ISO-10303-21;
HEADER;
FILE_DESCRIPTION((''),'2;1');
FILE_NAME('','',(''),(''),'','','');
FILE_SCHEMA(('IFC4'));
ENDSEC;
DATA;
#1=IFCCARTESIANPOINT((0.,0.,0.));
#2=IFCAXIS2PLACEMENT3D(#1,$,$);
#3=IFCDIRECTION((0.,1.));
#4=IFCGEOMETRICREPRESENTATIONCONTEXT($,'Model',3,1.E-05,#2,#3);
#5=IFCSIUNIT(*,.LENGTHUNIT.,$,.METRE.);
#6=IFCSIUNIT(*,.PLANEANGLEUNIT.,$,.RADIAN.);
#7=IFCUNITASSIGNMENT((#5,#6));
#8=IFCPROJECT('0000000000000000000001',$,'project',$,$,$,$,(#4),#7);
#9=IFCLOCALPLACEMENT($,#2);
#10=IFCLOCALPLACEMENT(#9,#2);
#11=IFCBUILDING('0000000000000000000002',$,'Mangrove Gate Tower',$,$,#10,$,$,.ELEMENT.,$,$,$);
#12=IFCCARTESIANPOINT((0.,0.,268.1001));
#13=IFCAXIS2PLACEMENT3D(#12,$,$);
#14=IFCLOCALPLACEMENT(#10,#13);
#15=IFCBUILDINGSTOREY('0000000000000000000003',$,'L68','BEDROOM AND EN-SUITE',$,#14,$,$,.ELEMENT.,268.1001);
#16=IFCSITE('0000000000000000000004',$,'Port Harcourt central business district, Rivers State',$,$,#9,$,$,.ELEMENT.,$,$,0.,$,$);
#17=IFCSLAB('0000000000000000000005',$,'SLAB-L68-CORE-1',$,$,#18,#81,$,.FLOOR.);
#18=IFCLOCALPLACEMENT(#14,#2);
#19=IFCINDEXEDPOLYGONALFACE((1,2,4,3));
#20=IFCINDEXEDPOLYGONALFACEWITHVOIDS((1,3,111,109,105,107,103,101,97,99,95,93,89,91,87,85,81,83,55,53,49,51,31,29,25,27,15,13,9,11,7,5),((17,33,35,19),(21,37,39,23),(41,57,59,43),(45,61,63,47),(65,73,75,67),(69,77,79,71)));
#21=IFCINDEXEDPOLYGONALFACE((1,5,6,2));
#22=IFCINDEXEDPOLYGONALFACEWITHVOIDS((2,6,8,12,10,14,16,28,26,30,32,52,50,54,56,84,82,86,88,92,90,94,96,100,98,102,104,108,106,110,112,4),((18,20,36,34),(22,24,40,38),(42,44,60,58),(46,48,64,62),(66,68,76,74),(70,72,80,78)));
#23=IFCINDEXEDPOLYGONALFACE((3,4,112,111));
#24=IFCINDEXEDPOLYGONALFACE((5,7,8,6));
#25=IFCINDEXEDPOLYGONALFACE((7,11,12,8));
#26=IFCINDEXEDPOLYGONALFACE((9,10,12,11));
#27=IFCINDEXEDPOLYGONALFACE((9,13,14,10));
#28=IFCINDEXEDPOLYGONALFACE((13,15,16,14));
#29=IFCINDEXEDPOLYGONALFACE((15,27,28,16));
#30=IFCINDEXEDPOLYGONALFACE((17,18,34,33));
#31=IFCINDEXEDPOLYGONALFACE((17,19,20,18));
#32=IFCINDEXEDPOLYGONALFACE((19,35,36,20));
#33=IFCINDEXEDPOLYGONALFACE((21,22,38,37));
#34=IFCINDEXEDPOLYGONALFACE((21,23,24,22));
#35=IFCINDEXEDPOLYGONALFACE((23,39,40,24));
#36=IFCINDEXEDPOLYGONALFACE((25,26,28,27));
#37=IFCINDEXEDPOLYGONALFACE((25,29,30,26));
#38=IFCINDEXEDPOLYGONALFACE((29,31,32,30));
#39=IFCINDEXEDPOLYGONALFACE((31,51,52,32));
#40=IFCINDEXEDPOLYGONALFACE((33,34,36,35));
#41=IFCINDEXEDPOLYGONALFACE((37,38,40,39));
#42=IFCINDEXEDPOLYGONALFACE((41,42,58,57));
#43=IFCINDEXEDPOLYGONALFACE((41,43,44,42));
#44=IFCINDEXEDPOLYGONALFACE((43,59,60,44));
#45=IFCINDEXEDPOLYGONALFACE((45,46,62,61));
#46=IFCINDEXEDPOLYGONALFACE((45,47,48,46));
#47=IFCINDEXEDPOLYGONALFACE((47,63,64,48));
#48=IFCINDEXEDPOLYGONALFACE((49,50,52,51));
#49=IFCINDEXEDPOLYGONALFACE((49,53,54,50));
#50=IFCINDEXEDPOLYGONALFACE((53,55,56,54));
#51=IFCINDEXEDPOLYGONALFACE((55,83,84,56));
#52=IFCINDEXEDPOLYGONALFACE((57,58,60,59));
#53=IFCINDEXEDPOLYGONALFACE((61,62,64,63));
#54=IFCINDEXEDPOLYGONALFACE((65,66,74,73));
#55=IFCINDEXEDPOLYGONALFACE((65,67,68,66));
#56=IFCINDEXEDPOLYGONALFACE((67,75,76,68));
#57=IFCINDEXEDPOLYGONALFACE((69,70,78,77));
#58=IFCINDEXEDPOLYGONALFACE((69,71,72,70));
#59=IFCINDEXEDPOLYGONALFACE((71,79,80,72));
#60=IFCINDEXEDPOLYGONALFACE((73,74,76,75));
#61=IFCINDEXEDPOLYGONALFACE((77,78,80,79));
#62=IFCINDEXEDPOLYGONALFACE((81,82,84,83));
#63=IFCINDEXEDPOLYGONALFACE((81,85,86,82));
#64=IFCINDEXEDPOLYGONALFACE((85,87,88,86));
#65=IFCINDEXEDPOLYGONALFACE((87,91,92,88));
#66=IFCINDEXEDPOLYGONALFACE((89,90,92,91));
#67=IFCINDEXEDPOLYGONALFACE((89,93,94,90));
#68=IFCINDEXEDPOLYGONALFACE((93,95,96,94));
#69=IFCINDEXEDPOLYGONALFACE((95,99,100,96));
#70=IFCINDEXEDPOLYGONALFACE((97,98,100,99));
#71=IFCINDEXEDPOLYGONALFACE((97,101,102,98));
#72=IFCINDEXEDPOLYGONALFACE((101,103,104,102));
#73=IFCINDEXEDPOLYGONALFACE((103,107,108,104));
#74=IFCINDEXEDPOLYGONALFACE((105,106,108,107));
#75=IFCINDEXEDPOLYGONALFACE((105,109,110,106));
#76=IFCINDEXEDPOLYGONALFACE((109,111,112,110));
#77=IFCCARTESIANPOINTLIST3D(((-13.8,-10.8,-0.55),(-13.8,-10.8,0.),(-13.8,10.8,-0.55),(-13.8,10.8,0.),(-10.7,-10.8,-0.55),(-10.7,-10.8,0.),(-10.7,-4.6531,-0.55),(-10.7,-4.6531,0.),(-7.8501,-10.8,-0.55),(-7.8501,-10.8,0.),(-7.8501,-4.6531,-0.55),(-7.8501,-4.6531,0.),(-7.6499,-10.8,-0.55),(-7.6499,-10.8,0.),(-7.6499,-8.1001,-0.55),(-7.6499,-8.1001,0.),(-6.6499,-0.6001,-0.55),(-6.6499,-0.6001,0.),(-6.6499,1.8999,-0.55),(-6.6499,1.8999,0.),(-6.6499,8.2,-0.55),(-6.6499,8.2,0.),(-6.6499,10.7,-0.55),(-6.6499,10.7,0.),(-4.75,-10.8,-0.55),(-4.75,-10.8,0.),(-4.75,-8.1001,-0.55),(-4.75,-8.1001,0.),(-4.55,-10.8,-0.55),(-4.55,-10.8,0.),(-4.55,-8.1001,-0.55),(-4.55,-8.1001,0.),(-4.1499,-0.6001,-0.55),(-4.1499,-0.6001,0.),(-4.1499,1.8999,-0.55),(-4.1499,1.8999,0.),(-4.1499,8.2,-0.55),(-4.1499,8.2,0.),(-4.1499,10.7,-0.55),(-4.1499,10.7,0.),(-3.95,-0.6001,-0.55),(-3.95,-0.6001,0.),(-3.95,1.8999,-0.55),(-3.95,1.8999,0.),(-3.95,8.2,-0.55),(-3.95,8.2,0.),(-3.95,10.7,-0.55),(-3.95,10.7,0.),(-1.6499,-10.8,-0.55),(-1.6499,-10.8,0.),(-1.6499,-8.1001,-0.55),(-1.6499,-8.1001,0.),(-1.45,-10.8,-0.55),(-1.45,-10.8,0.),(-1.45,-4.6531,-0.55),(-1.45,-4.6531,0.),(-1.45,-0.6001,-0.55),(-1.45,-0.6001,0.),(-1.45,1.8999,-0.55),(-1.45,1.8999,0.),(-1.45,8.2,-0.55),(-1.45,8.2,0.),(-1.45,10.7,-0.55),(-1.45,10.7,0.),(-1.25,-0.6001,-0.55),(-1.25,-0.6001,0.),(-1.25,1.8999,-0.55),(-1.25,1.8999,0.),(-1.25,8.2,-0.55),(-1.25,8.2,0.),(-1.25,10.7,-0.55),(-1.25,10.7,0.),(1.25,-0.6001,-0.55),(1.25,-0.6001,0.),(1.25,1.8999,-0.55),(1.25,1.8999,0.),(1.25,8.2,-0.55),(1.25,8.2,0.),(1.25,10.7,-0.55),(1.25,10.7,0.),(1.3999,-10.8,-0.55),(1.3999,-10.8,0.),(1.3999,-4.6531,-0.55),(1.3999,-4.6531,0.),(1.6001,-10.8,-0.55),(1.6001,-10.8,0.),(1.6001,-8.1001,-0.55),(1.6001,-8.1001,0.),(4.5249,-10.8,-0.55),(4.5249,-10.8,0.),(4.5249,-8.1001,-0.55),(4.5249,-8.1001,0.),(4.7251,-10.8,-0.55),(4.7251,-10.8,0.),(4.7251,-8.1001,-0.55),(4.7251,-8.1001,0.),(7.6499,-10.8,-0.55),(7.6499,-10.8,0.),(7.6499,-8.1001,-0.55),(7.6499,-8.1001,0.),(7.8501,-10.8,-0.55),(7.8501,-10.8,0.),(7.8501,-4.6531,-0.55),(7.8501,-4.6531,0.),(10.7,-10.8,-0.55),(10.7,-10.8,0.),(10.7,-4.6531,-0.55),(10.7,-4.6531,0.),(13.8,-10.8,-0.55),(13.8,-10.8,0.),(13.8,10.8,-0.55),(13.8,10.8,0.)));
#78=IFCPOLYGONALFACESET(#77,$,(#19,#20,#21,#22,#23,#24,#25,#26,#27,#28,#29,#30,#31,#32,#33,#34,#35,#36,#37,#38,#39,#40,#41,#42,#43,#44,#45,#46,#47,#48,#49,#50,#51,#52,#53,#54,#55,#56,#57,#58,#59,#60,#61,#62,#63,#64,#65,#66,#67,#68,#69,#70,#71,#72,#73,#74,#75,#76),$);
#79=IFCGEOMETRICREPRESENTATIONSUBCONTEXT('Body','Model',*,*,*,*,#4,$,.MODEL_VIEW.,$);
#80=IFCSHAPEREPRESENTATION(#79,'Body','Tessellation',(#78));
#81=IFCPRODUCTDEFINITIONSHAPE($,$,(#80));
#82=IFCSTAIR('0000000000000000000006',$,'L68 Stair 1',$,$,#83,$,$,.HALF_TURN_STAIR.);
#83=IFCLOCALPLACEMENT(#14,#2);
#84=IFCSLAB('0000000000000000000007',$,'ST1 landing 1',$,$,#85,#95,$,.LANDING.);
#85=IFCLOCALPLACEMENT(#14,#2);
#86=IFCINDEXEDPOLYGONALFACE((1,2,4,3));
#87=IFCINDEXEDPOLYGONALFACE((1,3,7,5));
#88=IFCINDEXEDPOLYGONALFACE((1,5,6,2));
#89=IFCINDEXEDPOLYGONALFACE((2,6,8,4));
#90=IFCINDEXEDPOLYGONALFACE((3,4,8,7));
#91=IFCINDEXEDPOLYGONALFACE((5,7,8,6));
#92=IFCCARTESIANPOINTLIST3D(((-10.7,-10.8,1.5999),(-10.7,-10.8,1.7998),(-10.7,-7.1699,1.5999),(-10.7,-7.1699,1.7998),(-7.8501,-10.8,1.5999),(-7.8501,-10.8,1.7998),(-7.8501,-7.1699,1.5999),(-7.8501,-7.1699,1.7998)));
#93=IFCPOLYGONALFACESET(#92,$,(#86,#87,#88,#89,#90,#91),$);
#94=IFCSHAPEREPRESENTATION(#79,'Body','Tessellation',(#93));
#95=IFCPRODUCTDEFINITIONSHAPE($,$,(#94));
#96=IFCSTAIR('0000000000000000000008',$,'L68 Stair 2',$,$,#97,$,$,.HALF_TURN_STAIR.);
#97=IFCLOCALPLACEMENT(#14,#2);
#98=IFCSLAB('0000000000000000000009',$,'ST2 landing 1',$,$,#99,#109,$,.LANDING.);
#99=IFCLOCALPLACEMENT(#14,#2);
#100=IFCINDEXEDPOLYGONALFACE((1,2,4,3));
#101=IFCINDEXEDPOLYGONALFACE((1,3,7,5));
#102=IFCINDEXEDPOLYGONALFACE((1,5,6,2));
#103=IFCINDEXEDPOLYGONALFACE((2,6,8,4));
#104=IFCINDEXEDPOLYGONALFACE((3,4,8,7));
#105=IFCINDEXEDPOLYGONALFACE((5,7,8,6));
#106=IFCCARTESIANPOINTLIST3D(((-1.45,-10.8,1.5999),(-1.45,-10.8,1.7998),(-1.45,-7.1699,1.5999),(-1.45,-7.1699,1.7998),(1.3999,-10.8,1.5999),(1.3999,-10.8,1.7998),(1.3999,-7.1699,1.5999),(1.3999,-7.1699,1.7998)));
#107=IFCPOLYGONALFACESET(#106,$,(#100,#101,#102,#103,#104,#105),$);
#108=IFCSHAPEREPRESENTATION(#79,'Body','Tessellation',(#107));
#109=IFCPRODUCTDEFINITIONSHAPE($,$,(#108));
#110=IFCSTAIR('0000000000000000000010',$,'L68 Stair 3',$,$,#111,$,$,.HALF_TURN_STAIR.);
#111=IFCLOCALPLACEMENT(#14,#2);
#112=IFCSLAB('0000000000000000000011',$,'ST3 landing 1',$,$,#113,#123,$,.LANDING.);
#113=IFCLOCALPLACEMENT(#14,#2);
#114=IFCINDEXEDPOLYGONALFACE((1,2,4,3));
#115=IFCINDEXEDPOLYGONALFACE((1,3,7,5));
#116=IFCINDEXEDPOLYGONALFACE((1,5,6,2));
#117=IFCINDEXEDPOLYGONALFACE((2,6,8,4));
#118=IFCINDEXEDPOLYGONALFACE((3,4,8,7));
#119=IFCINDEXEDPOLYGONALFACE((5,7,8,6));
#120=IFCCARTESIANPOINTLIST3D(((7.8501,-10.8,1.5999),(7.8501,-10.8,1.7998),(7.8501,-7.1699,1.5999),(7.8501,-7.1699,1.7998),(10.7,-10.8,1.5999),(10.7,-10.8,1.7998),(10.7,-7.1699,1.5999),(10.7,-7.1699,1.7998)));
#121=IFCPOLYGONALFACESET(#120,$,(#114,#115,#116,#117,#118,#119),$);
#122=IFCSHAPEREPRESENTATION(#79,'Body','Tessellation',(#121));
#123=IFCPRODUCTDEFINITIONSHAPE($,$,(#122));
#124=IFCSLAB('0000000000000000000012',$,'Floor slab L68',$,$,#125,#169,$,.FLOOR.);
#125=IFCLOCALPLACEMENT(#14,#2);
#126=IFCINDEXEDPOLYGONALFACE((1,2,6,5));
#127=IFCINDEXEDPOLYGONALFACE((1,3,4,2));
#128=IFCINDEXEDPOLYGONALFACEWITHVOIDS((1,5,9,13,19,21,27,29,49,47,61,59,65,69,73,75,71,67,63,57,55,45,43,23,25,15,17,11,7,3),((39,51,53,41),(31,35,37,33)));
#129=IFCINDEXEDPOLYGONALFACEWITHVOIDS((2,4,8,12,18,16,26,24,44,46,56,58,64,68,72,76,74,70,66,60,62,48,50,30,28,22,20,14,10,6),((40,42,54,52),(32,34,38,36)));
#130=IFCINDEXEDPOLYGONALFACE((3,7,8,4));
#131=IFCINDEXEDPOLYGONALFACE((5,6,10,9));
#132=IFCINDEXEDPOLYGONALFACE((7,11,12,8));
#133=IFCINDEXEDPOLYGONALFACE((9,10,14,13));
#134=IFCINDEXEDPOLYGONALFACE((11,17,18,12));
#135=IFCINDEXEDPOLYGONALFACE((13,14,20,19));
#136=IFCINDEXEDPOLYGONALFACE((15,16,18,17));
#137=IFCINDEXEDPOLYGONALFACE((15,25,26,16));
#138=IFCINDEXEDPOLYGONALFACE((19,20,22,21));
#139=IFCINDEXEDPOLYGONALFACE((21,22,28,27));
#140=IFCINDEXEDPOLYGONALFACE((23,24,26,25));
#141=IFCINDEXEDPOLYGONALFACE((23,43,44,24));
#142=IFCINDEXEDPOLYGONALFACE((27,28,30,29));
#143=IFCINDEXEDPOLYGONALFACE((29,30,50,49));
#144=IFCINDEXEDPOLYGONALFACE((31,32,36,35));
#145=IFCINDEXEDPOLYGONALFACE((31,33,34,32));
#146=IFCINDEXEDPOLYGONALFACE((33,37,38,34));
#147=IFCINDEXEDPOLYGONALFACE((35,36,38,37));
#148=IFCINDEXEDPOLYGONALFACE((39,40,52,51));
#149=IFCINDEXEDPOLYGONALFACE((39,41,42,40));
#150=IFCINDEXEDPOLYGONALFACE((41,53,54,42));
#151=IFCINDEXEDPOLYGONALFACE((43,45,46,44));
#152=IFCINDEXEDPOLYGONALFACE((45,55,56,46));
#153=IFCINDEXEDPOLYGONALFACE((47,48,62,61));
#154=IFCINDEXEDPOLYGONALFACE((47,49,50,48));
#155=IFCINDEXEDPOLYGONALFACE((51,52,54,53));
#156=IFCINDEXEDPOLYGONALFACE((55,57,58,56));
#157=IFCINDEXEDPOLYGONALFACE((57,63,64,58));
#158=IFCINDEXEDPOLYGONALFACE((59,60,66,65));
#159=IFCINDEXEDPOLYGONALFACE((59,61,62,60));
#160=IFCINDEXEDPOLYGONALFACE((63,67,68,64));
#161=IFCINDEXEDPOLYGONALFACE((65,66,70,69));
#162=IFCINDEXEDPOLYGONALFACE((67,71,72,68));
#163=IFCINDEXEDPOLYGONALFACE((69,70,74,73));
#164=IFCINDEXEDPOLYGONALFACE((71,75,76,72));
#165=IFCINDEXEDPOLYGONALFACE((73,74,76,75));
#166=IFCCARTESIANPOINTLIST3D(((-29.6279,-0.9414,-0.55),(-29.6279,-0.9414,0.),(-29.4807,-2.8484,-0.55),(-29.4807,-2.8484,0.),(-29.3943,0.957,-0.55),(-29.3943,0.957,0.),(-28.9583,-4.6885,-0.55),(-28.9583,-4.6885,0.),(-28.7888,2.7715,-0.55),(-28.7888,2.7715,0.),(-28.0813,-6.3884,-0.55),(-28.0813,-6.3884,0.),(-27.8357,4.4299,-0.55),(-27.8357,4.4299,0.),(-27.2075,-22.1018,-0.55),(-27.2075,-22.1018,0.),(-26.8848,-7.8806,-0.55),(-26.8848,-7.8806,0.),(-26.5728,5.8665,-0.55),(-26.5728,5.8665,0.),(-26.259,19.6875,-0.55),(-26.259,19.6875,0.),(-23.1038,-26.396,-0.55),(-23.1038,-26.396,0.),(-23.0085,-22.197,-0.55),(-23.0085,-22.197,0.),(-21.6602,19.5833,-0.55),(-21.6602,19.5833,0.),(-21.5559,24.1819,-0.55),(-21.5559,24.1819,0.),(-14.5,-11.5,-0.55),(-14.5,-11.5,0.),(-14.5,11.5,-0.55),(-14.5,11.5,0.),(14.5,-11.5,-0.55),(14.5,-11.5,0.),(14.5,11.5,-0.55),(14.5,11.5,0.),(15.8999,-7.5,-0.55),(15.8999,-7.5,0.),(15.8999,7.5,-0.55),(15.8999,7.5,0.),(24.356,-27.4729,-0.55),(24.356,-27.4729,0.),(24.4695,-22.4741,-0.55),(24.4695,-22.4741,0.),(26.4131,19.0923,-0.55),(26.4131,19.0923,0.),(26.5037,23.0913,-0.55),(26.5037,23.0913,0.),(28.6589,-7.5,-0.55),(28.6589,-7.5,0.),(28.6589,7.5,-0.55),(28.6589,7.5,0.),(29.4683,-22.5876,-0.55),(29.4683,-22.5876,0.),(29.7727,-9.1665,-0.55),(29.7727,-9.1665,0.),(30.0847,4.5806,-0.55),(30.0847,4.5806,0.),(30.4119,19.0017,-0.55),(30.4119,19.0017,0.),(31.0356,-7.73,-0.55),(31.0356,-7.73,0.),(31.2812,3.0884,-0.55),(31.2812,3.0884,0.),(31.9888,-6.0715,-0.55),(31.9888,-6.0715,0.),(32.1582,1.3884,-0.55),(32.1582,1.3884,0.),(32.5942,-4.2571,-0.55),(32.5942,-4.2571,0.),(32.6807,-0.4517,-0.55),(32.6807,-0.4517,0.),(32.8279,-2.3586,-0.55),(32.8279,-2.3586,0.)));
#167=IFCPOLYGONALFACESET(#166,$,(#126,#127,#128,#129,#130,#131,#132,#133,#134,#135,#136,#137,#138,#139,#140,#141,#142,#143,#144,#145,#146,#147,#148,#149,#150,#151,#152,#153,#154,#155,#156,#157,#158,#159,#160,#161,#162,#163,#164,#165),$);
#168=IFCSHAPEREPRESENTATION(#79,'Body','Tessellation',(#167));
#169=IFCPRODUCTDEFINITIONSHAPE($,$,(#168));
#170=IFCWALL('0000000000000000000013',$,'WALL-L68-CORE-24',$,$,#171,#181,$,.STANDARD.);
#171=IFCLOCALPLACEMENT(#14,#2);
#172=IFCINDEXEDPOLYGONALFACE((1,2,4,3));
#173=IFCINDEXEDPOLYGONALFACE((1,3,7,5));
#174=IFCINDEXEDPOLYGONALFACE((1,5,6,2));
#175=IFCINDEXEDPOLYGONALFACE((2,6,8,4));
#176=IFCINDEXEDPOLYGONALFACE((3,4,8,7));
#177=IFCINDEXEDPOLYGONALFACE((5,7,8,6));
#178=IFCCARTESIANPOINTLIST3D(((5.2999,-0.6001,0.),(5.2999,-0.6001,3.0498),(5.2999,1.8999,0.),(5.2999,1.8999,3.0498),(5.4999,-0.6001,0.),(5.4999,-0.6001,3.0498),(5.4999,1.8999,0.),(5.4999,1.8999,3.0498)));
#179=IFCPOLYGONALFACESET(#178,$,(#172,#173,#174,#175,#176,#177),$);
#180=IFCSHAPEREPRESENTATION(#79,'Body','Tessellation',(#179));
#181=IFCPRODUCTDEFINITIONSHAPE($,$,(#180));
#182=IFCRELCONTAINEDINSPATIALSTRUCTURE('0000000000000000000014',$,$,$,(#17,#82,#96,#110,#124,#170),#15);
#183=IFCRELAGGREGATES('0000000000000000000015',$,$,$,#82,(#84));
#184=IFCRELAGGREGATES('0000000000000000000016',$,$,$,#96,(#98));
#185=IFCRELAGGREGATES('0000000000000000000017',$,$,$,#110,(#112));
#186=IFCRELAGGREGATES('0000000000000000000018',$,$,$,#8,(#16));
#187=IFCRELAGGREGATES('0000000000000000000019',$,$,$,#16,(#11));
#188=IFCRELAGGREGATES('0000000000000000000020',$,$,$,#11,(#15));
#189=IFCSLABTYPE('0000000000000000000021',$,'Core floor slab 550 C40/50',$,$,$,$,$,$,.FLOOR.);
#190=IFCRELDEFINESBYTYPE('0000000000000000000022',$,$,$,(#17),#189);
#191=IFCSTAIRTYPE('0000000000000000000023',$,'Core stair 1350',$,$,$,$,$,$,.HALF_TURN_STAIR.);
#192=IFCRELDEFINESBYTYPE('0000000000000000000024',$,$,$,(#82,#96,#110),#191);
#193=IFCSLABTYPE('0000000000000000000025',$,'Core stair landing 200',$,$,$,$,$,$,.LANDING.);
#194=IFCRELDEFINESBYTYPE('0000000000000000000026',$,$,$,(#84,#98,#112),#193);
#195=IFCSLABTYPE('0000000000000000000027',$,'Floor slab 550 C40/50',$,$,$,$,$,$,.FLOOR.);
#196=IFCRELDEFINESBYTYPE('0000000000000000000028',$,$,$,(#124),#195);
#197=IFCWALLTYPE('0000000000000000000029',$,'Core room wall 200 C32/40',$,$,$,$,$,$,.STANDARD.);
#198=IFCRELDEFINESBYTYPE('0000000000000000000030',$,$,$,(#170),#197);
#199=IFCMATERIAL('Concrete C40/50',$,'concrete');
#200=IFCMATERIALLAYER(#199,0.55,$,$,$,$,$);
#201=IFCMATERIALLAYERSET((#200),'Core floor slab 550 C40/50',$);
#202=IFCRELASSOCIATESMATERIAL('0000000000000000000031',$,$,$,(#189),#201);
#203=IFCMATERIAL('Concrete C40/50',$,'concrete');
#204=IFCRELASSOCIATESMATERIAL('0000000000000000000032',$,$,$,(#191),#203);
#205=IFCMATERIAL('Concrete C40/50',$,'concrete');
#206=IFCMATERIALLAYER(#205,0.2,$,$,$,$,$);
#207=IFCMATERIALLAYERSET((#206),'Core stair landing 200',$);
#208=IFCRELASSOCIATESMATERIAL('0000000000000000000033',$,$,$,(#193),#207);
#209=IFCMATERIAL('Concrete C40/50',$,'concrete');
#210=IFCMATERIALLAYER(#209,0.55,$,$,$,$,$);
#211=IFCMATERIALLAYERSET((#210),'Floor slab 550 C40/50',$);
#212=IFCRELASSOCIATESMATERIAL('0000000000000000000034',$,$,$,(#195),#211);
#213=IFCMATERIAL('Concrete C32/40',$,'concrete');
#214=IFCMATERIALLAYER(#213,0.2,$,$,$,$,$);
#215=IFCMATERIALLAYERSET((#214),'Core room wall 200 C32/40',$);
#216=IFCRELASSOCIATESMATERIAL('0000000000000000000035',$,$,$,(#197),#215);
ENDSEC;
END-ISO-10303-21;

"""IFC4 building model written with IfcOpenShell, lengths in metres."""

from ifc_helpers import new_model, si_unit, direction, frame, frame_2d, origin, place, context, subcontext, project, spatial, polyline, rectangle, outline, extrude, material, layer, layer_set, type_object, element, aggregate, save


model = new_model("IFC4")

# Units and contexts
model_context = context("Model", 3, precision=1e-05, world=origin(), true_north=direction((0.0, 1.0)))
body_context = subcontext(model_context, "Body", "Model", "MODEL_VIEW")
ifc_project = project(units=[si_unit("LENGTHUNIT", "METRE"), si_unit("PLANEANGLEUNIT", "RADIAN")], contexts=[model_context])

# Site, building, storey
site_placement = place(None, origin())
site = spatial("IfcSite", under=ifc_project, at=site_placement, Name="Port Harcourt central business district, Rivers State", CompositionType="ELEMENT", RefElevation=0.0)
building_placement = place(site_placement, origin())
building = spatial("IfcBuilding", under=site, at=building_placement, Name="Mangrove Gate Tower", CompositionType="ELEMENT")
storey_placement = place(building_placement, frame((0.0, 0.0, 268.1001)))
storey = spatial("IfcBuildingStorey", under=building, at=storey_placement, Name="L68", Description="BEDROOM AND EN-SUITE", CompositionType="ELEMENT", Elevation=268.1001)

# Slab
ifc_material_1 = material(Name="Concrete C40/50", Category="concrete")
ifc_layer_1 = layer(ifc_material_1, 0.55)
ifc_layer_set_1 = layer_set([ifc_layer_1], Name="Core floor slab 550 C40/50")
slab_type_1 = type_object("IfcSlabType", Name="Core floor slab 550 C40/50", PredefinedType="FLOOR", material=ifc_layer_set_1)
slab_1_placement = place(storey_placement, frame((0.0, 0.0, -0.55)))
element("IfcSlab", 1, at=slab_1_placement, inside=storey, type_object=slab_type_1, Name="SLAB-L68-CORE-1", PredefinedType="FLOOR", context=body_context, shape_type="SweptSolid", body=[
    extrude(outline(polyline([(-13.8, -10.8), (-13.8, 10.8), (13.8, 10.8), (13.8, -10.8), (10.7, -10.8), (10.7, -4.6531), (7.8501, -4.6531), (7.8501, -10.8), (7.6499, -10.8), (7.6499, -8.1001), (4.7251, -8.1001), (4.7251, -10.8), (4.5249, -10.8), (4.5249, -8.1001), (1.6001, -8.1001), (1.6001, -10.8), (1.3999, -10.8), (1.3999, -4.6531), (-1.45, -4.6531), (-1.45, -10.8), (-1.6499, -10.8), (-1.6499, -8.1001), (-4.55, -8.1001), (-4.55, -10.8), (-4.75, -10.8), (-4.75, -8.1001), (-7.6499, -8.1001), (-7.6499, -10.8), (-7.8501, -10.8), (-7.8501, -4.6531), (-10.7, -4.6531), (-10.7, -10.8), (-13.8, -10.8)]), holes=[polyline([(-4.1499, 1.8999), (-6.6499, 1.8999), (-6.6499, -0.6001), (-4.1499, -0.6001), (-4.1499, 1.8999)]), polyline([(-1.45, -0.6001), (-1.45, 1.8999), (-3.95, 1.8999), (-3.95, -0.6001), (-1.45, -0.6001)]), polyline([(-4.1499, 8.2), (-4.1499, 10.7), (-6.6499, 10.7), (-6.6499, 8.2), (-4.1499, 8.2)]), polyline([(-1.45, 10.7), (-3.95, 10.7), (-3.95, 8.2), (-1.45, 8.2), (-1.45, 10.7)]), polyline([(1.25, -0.6001), (1.25, 1.8999), (-1.25, 1.8999), (-1.25, -0.6001), (1.25, -0.6001)]), polyline([(1.25, 8.2), (1.25, 10.7), (-1.25, 10.7), (-1.25, 8.2), (1.25, 8.2)])]), origin(), (0.0, 0.0, 1.0), 0.55),
])

# Stairs, slabs
ifc_material_2 = material(Name="Concrete C40/50", Category="concrete")
stair_type = type_object("IfcStairType", Name="Core stair 1350", PredefinedType="HALF_TURN_STAIR", material=ifc_material_2)
stair_1_placement = place(storey_placement, origin())
stair_1 = element("IfcStair", 2, at=stair_1_placement, inside=storey, type_object=stair_type, Name="L68 Stair 1", PredefinedType="HALF_TURN_STAIR")
ifc_material_3 = material(Name="Concrete C40/50", Category="concrete")
ifc_layer_2 = layer(ifc_material_3, 0.2)
ifc_layer_set_2 = layer_set([ifc_layer_2], Name="Core stair landing 200")
slab_type_2 = type_object("IfcSlabType", Name="Core stair landing 200", PredefinedType="LANDING", material=ifc_layer_set_2)
slab_2_placement = place(storey_placement, frame((0.0, 0.0, 1.5999)))
slab_2 = element("IfcSlab", 3, at=slab_2_placement, type_object=slab_type_2, Name="ST1 landing 1", PredefinedType="LANDING", context=body_context, shape_type="SweptSolid", body=[
    extrude(outline(polyline([(-10.7, -7.1699), (-10.7, -10.8), (-7.8501, -10.8), (-7.8501, -7.1699), (-10.7, -7.1699)])), origin(), (0.0, 0.0, 1.0), 0.2),
])
aggregate(stair_1, [slab_2])
stair_2_placement = place(storey_placement, origin())
stair_2 = element("IfcStair", 4, at=stair_2_placement, inside=storey, type_object=stair_type, Name="L68 Stair 2", PredefinedType="HALF_TURN_STAIR")
slab_3_placement = place(storey_placement, frame((0.0, 0.0, 1.5999)))
slab_3 = element("IfcSlab", 5, at=slab_3_placement, type_object=slab_type_2, Name="ST2 landing 1", PredefinedType="LANDING", context=body_context, shape_type="SweptSolid", body=[
    extrude(outline(polyline([(-1.45, -7.1699), (-1.45, -10.8), (1.3999, -10.8), (1.3999, -7.1699), (-1.45, -7.1699)])), origin(), (0.0, 0.0, 1.0), 0.2),
])
aggregate(stair_2, [slab_3])
stair_3_placement = place(storey_placement, origin())
stair_3 = element("IfcStair", 6, at=stair_3_placement, inside=storey, type_object=stair_type, Name="L68 Stair 3", PredefinedType="HALF_TURN_STAIR")
slab_4_placement = place(storey_placement, frame((0.0, 0.0, 1.5999)))
slab_4 = element("IfcSlab", 7, at=slab_4_placement, type_object=slab_type_2, Name="ST3 landing 1", PredefinedType="LANDING", context=body_context, shape_type="SweptSolid", body=[
    extrude(outline(polyline([(7.8501, -7.1699), (7.8501, -10.8), (10.7, -10.8), (10.7, -7.1699), (7.8501, -7.1699)])), origin(), (0.0, 0.0, 1.0), 0.2),
])
aggregate(stair_3, [slab_4])

# Slab
ifc_material_4 = material(Name="Concrete C40/50", Category="concrete")
ifc_layer_3 = layer(ifc_material_4, 0.55)
ifc_layer_set_3 = layer_set([ifc_layer_3], Name="Floor slab 550 C40/50")
slab_type_3 = type_object("IfcSlabType", Name="Floor slab 550 C40/50", PredefinedType="FLOOR", material=ifc_layer_set_3)
slab_5_placement = place(storey_placement, frame((0.0, 0.0, -0.55)))
element("IfcSlab", 8, at=slab_5_placement, inside=storey, type_object=slab_type_3, Name="Floor slab L68", PredefinedType="FLOOR", context=body_context, shape_type="SweptSolid", body=[
    extrude(outline(polyline([(-23.1038, -26.396), (24.356, -27.4729), (24.4695, -22.4741), (29.4683, -22.5876), (29.7727, -9.1665), (31.0356, -7.73), (31.9888, -6.0715), (32.5942, -4.2571), (32.8279, -2.3586), (32.6807, -0.4517), (32.1582, 1.3884), (31.2812, 3.0884), (30.0847, 4.5806), (30.4119, 19.0017), (26.4131, 19.0923), (26.5037, 23.0913), (-21.5559, 24.1819), (-21.6602, 19.5833), (-26.259, 19.6875), (-26.5728, 5.8665), (-27.8357, 4.4299), (-28.7888, 2.7715), (-29.3943, 0.957), (-29.6279, -0.9414), (-29.4807, -2.8484), (-28.9583, -4.6885), (-28.0813, -6.3884), (-26.8848, -7.8806), (-27.2075, -22.1018), (-23.0085, -22.197), (-23.1038, -26.396)]), holes=[polyline([(15.8999, 7.5), (28.6589, 7.5), (28.6589, -7.5), (15.8999, -7.5), (15.8999, 7.5)]), polyline([(-14.5, -11.5), (-14.5, 11.5), (14.5, 11.5), (14.5, -11.5), (-14.5, -11.5)])]), origin(), (0.0, 0.0, 1.0), 0.55),
])

# Wall
ifc_material_5 = material(Name="Concrete C32/40", Category="concrete")
ifc_layer_4 = layer(ifc_material_5, 0.2)
ifc_layer_set_4 = layer_set([ifc_layer_4], Name="Core room wall 200 C32/40")
wall_type_1 = type_object("IfcWallType", Name="Core room wall 200 C32/40", PredefinedType="STANDARD", material=ifc_layer_set_4)
for number, where, z_axis, x_axis, name in (
    (9, (5.3999, -0.6001, 0.0), (0.0, 0.0, 1.0), (0.0, 1.0, 0.0), "WALL-L68-CORE-24"),
):
    element("IfcWall", number, at=place(storey_placement, frame(where, z_axis=z_axis, x_axis=x_axis)), inside=storey, type_object=wall_type_1, Name=name, PredefinedType="STANDARD", context=body_context, shape_type="SweptSolid", body=[
        extrude(rectangle(XDim=2.5, YDim=0.2, at=frame_2d((1.25, 0.0))), origin(), (0.0, 0.0, 1.0), 3.0498),
    ])

save(model, "model.ifc")
